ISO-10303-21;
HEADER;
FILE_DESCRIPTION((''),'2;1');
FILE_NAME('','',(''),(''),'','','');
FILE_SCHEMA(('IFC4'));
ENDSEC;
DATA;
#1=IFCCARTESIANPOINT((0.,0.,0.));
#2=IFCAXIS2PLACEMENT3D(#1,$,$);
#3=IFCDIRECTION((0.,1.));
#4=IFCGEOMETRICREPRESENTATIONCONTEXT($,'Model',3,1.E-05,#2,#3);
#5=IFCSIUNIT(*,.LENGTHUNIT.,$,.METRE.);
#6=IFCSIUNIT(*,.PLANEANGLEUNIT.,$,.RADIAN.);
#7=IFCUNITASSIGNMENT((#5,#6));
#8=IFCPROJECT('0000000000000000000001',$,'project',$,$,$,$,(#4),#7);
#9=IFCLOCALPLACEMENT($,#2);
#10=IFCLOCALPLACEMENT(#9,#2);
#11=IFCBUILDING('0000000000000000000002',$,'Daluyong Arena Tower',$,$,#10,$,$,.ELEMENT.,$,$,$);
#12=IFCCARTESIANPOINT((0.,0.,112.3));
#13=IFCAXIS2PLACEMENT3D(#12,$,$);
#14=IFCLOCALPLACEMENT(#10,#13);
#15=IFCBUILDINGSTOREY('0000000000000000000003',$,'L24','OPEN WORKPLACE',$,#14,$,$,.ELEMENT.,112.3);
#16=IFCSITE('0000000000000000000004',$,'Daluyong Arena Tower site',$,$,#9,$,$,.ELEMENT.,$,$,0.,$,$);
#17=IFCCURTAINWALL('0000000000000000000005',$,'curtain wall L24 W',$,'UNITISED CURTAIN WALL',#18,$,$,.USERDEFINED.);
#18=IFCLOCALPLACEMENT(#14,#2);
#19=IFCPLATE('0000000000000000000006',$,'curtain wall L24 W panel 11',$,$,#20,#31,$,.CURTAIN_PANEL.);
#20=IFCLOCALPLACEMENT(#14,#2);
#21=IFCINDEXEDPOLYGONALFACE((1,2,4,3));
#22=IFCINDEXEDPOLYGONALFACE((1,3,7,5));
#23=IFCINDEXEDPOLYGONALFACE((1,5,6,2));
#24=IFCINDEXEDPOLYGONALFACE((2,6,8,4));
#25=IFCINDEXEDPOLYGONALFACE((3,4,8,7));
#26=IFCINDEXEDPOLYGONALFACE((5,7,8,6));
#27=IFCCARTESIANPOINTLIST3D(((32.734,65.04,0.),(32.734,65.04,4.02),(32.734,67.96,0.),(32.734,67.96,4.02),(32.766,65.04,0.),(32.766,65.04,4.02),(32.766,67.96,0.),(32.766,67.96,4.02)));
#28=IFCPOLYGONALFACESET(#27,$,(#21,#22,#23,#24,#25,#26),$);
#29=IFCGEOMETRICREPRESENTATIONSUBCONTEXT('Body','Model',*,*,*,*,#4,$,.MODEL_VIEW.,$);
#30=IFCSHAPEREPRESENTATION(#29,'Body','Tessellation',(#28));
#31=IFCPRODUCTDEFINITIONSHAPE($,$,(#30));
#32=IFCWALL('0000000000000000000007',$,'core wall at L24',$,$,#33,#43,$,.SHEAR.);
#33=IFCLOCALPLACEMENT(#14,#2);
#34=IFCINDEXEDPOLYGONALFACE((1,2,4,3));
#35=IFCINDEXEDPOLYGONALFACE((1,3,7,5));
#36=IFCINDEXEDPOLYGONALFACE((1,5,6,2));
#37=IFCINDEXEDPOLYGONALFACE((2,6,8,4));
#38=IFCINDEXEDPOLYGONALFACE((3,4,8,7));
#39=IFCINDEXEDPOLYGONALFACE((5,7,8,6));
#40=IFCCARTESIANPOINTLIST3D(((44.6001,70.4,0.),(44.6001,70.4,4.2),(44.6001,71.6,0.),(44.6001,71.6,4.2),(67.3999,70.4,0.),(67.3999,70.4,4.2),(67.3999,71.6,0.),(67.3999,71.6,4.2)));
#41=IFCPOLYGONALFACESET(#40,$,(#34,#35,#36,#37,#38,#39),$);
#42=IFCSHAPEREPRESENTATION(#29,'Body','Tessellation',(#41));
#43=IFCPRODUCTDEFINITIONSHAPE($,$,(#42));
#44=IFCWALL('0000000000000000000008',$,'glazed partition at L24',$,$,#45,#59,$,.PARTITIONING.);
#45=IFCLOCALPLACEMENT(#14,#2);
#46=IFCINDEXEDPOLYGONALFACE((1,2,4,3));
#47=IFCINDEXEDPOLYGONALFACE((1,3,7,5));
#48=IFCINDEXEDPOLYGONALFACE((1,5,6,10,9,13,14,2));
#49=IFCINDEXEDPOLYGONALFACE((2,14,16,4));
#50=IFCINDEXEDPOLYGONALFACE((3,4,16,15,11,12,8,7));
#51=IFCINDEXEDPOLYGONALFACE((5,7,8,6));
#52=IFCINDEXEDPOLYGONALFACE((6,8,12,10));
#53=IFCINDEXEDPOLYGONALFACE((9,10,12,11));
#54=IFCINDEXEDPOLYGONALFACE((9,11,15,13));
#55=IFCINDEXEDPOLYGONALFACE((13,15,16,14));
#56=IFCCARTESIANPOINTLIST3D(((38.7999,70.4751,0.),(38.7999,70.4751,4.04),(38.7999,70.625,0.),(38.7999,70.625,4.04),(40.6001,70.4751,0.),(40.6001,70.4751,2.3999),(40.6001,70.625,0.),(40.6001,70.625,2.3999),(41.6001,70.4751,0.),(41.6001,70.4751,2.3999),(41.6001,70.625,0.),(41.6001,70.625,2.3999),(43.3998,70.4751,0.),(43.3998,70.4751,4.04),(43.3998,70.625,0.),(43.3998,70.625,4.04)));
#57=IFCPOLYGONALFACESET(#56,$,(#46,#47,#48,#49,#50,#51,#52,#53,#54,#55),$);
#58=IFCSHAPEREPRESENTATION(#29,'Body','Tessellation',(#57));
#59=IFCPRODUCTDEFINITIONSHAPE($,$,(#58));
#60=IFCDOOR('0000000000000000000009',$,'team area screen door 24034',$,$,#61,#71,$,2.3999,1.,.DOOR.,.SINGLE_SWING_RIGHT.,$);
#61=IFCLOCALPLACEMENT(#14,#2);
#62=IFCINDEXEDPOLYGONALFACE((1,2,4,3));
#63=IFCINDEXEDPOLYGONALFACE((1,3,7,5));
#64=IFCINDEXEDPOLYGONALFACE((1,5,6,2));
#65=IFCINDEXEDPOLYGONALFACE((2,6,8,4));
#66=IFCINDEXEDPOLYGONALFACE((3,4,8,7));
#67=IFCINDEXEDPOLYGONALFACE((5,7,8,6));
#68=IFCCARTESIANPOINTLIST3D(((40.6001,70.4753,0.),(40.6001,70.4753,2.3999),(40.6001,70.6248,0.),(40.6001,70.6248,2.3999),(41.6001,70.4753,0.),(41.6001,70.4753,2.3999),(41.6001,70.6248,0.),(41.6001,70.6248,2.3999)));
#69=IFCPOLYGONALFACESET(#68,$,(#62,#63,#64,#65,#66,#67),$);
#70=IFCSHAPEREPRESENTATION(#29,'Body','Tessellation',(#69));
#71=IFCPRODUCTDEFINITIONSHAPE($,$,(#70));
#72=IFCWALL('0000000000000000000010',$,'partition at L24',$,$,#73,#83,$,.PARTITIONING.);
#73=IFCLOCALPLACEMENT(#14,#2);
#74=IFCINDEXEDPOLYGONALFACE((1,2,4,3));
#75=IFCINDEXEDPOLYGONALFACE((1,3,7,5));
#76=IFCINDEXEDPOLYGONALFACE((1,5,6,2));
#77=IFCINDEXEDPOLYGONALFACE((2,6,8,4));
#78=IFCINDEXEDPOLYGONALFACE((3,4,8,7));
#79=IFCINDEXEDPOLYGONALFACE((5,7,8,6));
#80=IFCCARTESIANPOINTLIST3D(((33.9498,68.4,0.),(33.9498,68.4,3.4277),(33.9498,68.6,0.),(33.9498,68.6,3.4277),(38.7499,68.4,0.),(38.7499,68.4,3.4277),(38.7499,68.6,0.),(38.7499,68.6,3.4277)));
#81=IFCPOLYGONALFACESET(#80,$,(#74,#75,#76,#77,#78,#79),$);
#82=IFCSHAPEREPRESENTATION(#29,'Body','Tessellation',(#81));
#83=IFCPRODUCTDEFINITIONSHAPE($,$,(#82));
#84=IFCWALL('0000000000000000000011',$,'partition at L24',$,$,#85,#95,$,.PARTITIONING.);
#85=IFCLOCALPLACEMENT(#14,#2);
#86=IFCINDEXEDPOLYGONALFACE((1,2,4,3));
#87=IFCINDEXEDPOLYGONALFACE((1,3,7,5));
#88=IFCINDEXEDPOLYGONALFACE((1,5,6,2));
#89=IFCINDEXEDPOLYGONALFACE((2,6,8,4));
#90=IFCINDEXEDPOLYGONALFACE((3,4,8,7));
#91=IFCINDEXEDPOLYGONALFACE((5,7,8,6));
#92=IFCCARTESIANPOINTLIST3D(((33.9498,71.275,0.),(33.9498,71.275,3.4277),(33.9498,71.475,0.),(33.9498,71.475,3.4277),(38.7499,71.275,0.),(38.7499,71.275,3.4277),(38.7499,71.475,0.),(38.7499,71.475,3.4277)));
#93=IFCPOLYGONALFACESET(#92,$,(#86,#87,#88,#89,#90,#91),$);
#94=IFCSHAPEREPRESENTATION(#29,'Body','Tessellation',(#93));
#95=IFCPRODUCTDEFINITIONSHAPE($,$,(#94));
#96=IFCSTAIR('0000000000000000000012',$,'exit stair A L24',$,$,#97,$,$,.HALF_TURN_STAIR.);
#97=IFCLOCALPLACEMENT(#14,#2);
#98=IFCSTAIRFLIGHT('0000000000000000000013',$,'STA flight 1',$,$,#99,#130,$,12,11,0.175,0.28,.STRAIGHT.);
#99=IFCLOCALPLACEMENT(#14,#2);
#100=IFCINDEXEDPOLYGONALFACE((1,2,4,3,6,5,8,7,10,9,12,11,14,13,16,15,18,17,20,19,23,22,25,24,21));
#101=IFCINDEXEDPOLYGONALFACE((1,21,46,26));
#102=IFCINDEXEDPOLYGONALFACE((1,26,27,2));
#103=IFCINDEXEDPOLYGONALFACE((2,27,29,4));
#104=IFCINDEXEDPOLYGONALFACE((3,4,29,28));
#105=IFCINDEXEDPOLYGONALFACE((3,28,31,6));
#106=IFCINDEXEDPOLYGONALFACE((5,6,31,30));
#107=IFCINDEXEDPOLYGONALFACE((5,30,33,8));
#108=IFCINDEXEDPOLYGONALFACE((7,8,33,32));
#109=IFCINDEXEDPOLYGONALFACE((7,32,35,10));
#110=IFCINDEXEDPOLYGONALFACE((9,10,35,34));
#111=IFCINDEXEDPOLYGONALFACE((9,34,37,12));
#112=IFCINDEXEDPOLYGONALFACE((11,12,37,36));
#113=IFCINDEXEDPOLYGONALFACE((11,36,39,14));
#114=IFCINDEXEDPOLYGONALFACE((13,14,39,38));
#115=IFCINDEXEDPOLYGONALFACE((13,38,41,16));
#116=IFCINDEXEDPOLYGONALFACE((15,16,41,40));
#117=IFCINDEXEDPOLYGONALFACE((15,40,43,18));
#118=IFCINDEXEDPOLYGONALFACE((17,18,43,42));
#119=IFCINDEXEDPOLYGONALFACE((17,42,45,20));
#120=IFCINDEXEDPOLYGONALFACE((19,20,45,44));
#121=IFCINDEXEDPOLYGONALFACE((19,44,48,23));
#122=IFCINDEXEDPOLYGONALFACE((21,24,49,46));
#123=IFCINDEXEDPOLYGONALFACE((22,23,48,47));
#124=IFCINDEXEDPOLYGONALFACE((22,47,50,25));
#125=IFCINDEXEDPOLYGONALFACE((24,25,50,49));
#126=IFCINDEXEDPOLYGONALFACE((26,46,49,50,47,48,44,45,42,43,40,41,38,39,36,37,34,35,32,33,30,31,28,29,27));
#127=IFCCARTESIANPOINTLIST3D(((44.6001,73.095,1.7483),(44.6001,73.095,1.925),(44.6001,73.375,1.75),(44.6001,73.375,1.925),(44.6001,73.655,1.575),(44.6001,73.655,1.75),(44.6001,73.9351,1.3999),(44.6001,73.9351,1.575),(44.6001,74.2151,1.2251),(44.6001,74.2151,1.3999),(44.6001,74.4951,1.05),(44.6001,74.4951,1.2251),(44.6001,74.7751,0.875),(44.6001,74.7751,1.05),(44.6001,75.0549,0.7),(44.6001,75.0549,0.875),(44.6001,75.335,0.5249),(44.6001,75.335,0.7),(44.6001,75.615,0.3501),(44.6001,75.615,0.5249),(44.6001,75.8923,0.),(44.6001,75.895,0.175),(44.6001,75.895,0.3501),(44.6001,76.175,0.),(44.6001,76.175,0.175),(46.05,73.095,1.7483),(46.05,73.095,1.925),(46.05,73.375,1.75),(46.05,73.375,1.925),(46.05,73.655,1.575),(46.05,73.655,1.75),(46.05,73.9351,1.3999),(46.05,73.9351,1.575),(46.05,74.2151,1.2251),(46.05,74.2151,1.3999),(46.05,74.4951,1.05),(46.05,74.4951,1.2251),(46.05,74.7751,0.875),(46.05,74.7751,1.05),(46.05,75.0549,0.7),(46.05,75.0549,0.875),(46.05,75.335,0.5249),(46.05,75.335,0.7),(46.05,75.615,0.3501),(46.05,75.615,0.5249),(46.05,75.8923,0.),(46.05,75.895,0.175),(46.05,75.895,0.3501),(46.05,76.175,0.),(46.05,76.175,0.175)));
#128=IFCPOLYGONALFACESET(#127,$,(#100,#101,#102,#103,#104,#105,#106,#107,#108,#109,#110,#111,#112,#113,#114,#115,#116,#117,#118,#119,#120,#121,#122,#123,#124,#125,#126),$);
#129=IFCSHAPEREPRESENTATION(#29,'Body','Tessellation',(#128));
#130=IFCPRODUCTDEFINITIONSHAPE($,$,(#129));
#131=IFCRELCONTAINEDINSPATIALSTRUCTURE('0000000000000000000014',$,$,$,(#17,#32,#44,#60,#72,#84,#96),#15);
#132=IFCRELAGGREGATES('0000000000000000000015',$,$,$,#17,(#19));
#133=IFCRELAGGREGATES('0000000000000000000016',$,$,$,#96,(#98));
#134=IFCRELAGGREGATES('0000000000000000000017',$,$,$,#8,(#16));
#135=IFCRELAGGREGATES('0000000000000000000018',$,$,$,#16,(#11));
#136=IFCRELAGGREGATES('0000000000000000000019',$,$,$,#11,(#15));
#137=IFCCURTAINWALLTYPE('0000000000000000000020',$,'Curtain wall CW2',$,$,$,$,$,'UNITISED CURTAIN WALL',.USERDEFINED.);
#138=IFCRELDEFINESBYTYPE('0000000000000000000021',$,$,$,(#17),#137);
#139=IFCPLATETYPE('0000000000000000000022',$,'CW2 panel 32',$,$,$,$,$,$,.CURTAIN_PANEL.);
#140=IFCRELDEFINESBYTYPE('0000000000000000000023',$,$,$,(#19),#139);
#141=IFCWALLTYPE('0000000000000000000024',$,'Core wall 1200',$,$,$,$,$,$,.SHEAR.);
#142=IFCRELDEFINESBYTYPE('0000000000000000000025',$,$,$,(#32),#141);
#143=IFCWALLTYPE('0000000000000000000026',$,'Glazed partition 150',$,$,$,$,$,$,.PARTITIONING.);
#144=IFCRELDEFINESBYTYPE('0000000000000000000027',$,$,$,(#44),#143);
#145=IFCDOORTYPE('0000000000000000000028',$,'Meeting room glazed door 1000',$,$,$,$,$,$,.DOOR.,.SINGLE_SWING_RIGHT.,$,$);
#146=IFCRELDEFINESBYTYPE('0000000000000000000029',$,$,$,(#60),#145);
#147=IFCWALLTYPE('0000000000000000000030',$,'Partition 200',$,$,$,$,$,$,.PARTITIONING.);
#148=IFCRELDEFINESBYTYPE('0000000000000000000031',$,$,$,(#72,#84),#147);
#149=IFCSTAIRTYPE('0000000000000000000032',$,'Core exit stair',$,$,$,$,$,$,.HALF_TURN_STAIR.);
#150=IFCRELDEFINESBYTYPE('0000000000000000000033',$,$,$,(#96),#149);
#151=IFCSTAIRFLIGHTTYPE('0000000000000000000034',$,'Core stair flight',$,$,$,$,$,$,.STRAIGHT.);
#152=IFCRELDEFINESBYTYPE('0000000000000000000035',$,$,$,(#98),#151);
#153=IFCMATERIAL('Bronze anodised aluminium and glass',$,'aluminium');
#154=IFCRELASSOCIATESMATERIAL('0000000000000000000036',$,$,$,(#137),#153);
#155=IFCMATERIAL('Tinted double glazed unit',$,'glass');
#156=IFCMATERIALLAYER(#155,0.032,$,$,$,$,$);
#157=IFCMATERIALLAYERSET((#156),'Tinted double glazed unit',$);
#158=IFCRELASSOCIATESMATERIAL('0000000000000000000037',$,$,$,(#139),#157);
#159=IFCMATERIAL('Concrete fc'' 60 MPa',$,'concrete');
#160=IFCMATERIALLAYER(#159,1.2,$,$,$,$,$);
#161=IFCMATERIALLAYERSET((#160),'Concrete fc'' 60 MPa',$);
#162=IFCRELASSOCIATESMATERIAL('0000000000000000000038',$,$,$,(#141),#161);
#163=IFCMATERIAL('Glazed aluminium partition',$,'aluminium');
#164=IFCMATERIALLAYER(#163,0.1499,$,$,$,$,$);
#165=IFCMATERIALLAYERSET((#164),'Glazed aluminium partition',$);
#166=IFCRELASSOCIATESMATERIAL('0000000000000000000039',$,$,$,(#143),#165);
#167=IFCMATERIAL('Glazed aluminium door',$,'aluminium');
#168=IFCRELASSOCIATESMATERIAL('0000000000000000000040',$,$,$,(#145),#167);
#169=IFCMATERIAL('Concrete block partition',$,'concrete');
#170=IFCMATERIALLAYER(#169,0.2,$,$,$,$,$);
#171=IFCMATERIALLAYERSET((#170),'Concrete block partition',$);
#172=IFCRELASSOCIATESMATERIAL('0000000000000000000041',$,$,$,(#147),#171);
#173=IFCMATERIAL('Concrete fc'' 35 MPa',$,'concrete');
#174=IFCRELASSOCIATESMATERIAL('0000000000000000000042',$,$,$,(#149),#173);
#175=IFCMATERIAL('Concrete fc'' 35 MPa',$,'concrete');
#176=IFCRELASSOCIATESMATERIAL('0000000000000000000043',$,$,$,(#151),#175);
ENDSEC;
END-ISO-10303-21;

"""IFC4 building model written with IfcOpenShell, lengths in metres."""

from ifc_helpers import new_model, si_unit, direction, frame, frame_2d, origin, origin_2d, place, context, subcontext, project, spatial, polyline, rectangle, outline, extrude, material, layer, layer_set, type_object, element, fill, aggregate, save


model = new_model("IFC4")

# Units and contexts
model_context = context("Model", 3, precision=1e-05, world=origin(), true_north=direction((0.0, 1.0)))
body_context = subcontext(model_context, "Body", "Model", "MODEL_VIEW")
ifc_project = project(units=[si_unit("LENGTHUNIT", "METRE"), si_unit("PLANEANGLEUNIT", "RADIAN")], contexts=[model_context])

# Site, building, storey
site_placement = place(None, origin())
site = spatial("IfcSite", under=ifc_project, at=site_placement, Name="Daluyong Arena Tower site", CompositionType="ELEMENT", RefElevation=0.0)
building_placement = place(site_placement, origin())
building = spatial("IfcBuilding", under=site, at=building_placement, Name="Daluyong Arena Tower", CompositionType="ELEMENT")
storey_placement = place(building_placement, frame((0.0, 0.0, 112.3)))
storey = spatial("IfcBuildingStorey", under=building, at=storey_placement, Name="L24", Description="OPEN WORKPLACE", CompositionType="ELEMENT", Elevation=112.3)

# Curtain wall
ifc_material_1 = material(Name="Bronze anodised aluminium and glass", Category="aluminium")
curtain_wall_type = type_object("IfcCurtainWallType", Name="Curtain wall CW2", ElementType="UNITISED CURTAIN WALL", PredefinedType="USERDEFINED", material=ifc_material_1)
curtain_wall_placement = place(storey_placement, origin())
curtain_wall = element("IfcCurtainWall", 1, at=curtain_wall_placement, inside=storey, type_object=curtain_wall_type, Name="curtain wall L24 W", ObjectType="UNITISED CURTAIN WALL", PredefinedType="USERDEFINED")

# Plate
ifc_material_2 = material(Name="Tinted double glazed unit", Category="glass")
ifc_layer_1 = layer(ifc_material_2, 0.032)
ifc_layer_set_1 = layer_set([ifc_layer_1], Name="Tinted double glazed unit")
plate_type = type_object("IfcPlateType", Name="CW2 panel 32", PredefinedType="CURTAIN_PANEL", material=ifc_layer_set_1)
plate_1_placement = place(storey_placement, frame((32.75, 66.5, 0.0), z_axis=(0.0, 0.0, 1.0), x_axis=(0.0, -1.0, 0.0)))
plate_1 = element("IfcPlate", 2, at=plate_1_placement, type_object=plate_type, Name="curtain wall L24 W panel 11", PredefinedType="CURTAIN_PANEL", context=body_context, shape_type="SweptSolid", body=[
    extrude(rectangle(XDim=2.9199, YDim=0.032, at=origin_2d()), origin(), (0.0, 0.0, 1.0), 4.02),
])
aggregate(curtain_wall, [plate_1])

# Shared definitions
ifc_material_3 = material(Name="Concrete fc' 60 MPa", Category="concrete")
ifc_layer_2 = layer(ifc_material_3, 1.2)
ifc_layer_set_2 = layer_set([ifc_layer_2], Name="Concrete fc' 60 MPa")
wall_type_1 = type_object("IfcWallType", Name="Core wall 1200", PredefinedType="SHEAR", material=ifc_layer_set_2)

# Wall
wall_1_placement = place(storey_placement, frame((44.6001, 71.0, 0.0), z_axis=(0.0, 0.0, 1.0), x_axis=(1.0, 0.0, 0.0)))
element("IfcWall", 3, at=wall_1_placement, inside=storey, type_object=wall_type_1, Name="core wall at L24", PredefinedType="SHEAR", context=body_context, shape_type="SweptSolid", body=[
    extrude(rectangle(XDim=22.7998, YDim=1.2, at=frame_2d((11.3999, 0.0))), origin(), (0.0, 0.0, 1.0), 4.2),
])

# Wall, opening, door
ifc_material_4 = material(Name="Glazed aluminium partition", Category="aluminium")
ifc_layer_3 = layer(ifc_material_4, 0.1499)
ifc_layer_set_3 = layer_set([ifc_layer_3], Name="Glazed aluminium partition")
wall_type_2 = type_object("IfcWallType", Name="Glazed partition 150", PredefinedType="PARTITIONING", material=ifc_layer_set_3)
wall_2_placement = place(storey_placement, frame((38.8, 70.55, 0.0), z_axis=(0.0, 0.0, 1.0), x_axis=(1.0, 0.0, 0.0)))
wall_2 = element("IfcWall", 4, at=wall_2_placement, inside=storey, type_object=wall_type_2, Name="glazed partition at L24", PredefinedType="PARTITIONING", context=body_context, shape_type="SweptSolid", body=[
    extrude(rectangle(XDim=4.5999, YDim=0.1499, at=frame_2d((2.2998, 0.0))), origin(), (0.0, 0.0, 1.0), 4.04),
])
opening_1_placement = place(wall_2_placement, frame((1.8, 0.0, 0.0)))
opening_1 = element("IfcOpeningElement", 5, at=opening_1_placement, cuts=wall_2, PredefinedType="OPENING", context=body_context, shape_type="SweptSolid", body=[
    extrude(rectangle(XDim=1.0, YDim=2.3999, at=frame_2d((0.5, 1.2))), frame((0.0, 0.085, 0.0), z_axis=(0.0, -1.0, 0.0), x_axis=(1.0, 0.0, 0.0)), (0.0, 0.0, 1.0), 0.1699),
])
ifc_material_5 = material(Name="Glazed aluminium door", Category="aluminium")
door_type_1 = type_object("IfcDoorType", Name="Meeting room glazed door 1000", OperationType="SINGLE_SWING_RIGHT", PredefinedType="DOOR", material=ifc_material_5)
door_1_placement = place(opening_1_placement, origin())
door_1 = element("IfcDoor", 6, at=door_1_placement, inside=storey, type_object=door_type_1, Name="team area screen door 24034", OperationType="SINGLE_SWING_RIGHT", OverallHeight=2.3999, OverallWidth=1.0, PredefinedType="DOOR", context=body_context, shape_type="SweptSolid", body=[
    extrude(rectangle(XDim=1.0, YDim=2.3999, at=frame_2d((0.5, 1.2))), frame((0.0, 0.0747, 0.0), z_axis=(0.0, -1.0, 0.0), x_axis=(1.0, 0.0, 0.0)), (0.0, 0.0, 1.0), 0.1494),
])
fill(opening_1, door_1)

# Walls
ifc_material_6 = material(Name="Concrete block partition", Category="concrete")
ifc_layer_4 = layer(ifc_material_6, 0.2)
ifc_layer_set_4 = layer_set([ifc_layer_4], Name="Concrete block partition")
wall_type_3 = type_object("IfcWallType", Name="Partition 200", PredefinedType="PARTITIONING", material=ifc_layer_set_4)
for number, where, z_axis, x_axis, name in (
    (7, (33.95, 68.5, 0.0), (0.0, 0.0, 1.0), (1.0, 0.0, 0.0), "partition at L24"),
    (8, (33.95, 71.375, 0.0), (0.0, 0.0, 1.0), (1.0, 0.0, 0.0), "partition at L24"),
):
    element("IfcWall", number, at=place(storey_placement, frame(where, z_axis=z_axis, x_axis=x_axis)), inside=storey, type_object=wall_type_3, Name=name, PredefinedType="PARTITIONING", context=body_context, shape_type="SweptSolid", body=[
        extrude(rectangle(XDim=4.8, YDim=0.2, at=frame_2d((2.3999, 0.0))), origin(), (0.0, 0.0, 1.0), 3.4277),
    ])

# Stair, stair flight
ifc_material_7 = material(Name="Concrete fc' 35 MPa", Category="concrete")
stair_type = type_object("IfcStairType", Name="Core exit stair", PredefinedType="HALF_TURN_STAIR", material=ifc_material_7)
stair_placement = place(storey_placement, origin())
stair = element("IfcStair", 9, at=stair_placement, inside=storey, type_object=stair_type, Name="exit stair A L24", PredefinedType="HALF_TURN_STAIR")
ifc_material_8 = material(Name="Concrete fc' 35 MPa", Category="concrete")
stair_flight_type = type_object("IfcStairFlightType", Name="Core stair flight", PredefinedType="STRAIGHT", material=ifc_material_8)
stair_flight_placement = place(storey_placement, frame((45.325, 76.175, 0.0), z_axis=(0.0, 0.0, 1.0), x_axis=(0.0, -1.0, 0.0)))
stair_flight = element("IfcStairFlight", 10, at=stair_flight_placement, type_object=stair_flight_type, Name="STA flight 1", NumberOfRisers=12, NumberOfTreads=11, PredefinedType="STRAIGHT", RiserHeight=0.175, TreadLength=0.28, context=body_context, shape_type="SweptSolid", body=[
    extrude(outline(polyline([(0.0, 0.0), (0.0, 0.175), (0.28, 0.175), (0.28, 0.3501), (0.5601, 0.3501), (0.5601, 0.5249), (0.8401, 0.5249), (0.8401, 0.7), (1.1201, 0.7), (1.1201, 0.875), (1.3999, 0.875), (1.3999, 1.05), (1.6799, 1.05), (1.6799, 1.2251), (1.96, 1.2251), (1.96, 1.3999), (2.24, 1.3999), (2.24, 1.575), (2.52, 1.575), (2.52, 1.75), (2.8, 1.75), (2.8, 1.925), (3.0801, 1.925), (3.0801, 2.1001), (3.0801, 1.7483), (0.2827, 0.0), (0.0, 0.0)])), frame((0.0, 0.7251, 0.0), z_axis=(0.0, -1.0, 0.0), x_axis=(1.0, 0.0, 0.0)), (0.0, 0.0, 1.0), 1.45),
])
aggregate(stair, [stair_flight])

save(model, "model.ifc")
